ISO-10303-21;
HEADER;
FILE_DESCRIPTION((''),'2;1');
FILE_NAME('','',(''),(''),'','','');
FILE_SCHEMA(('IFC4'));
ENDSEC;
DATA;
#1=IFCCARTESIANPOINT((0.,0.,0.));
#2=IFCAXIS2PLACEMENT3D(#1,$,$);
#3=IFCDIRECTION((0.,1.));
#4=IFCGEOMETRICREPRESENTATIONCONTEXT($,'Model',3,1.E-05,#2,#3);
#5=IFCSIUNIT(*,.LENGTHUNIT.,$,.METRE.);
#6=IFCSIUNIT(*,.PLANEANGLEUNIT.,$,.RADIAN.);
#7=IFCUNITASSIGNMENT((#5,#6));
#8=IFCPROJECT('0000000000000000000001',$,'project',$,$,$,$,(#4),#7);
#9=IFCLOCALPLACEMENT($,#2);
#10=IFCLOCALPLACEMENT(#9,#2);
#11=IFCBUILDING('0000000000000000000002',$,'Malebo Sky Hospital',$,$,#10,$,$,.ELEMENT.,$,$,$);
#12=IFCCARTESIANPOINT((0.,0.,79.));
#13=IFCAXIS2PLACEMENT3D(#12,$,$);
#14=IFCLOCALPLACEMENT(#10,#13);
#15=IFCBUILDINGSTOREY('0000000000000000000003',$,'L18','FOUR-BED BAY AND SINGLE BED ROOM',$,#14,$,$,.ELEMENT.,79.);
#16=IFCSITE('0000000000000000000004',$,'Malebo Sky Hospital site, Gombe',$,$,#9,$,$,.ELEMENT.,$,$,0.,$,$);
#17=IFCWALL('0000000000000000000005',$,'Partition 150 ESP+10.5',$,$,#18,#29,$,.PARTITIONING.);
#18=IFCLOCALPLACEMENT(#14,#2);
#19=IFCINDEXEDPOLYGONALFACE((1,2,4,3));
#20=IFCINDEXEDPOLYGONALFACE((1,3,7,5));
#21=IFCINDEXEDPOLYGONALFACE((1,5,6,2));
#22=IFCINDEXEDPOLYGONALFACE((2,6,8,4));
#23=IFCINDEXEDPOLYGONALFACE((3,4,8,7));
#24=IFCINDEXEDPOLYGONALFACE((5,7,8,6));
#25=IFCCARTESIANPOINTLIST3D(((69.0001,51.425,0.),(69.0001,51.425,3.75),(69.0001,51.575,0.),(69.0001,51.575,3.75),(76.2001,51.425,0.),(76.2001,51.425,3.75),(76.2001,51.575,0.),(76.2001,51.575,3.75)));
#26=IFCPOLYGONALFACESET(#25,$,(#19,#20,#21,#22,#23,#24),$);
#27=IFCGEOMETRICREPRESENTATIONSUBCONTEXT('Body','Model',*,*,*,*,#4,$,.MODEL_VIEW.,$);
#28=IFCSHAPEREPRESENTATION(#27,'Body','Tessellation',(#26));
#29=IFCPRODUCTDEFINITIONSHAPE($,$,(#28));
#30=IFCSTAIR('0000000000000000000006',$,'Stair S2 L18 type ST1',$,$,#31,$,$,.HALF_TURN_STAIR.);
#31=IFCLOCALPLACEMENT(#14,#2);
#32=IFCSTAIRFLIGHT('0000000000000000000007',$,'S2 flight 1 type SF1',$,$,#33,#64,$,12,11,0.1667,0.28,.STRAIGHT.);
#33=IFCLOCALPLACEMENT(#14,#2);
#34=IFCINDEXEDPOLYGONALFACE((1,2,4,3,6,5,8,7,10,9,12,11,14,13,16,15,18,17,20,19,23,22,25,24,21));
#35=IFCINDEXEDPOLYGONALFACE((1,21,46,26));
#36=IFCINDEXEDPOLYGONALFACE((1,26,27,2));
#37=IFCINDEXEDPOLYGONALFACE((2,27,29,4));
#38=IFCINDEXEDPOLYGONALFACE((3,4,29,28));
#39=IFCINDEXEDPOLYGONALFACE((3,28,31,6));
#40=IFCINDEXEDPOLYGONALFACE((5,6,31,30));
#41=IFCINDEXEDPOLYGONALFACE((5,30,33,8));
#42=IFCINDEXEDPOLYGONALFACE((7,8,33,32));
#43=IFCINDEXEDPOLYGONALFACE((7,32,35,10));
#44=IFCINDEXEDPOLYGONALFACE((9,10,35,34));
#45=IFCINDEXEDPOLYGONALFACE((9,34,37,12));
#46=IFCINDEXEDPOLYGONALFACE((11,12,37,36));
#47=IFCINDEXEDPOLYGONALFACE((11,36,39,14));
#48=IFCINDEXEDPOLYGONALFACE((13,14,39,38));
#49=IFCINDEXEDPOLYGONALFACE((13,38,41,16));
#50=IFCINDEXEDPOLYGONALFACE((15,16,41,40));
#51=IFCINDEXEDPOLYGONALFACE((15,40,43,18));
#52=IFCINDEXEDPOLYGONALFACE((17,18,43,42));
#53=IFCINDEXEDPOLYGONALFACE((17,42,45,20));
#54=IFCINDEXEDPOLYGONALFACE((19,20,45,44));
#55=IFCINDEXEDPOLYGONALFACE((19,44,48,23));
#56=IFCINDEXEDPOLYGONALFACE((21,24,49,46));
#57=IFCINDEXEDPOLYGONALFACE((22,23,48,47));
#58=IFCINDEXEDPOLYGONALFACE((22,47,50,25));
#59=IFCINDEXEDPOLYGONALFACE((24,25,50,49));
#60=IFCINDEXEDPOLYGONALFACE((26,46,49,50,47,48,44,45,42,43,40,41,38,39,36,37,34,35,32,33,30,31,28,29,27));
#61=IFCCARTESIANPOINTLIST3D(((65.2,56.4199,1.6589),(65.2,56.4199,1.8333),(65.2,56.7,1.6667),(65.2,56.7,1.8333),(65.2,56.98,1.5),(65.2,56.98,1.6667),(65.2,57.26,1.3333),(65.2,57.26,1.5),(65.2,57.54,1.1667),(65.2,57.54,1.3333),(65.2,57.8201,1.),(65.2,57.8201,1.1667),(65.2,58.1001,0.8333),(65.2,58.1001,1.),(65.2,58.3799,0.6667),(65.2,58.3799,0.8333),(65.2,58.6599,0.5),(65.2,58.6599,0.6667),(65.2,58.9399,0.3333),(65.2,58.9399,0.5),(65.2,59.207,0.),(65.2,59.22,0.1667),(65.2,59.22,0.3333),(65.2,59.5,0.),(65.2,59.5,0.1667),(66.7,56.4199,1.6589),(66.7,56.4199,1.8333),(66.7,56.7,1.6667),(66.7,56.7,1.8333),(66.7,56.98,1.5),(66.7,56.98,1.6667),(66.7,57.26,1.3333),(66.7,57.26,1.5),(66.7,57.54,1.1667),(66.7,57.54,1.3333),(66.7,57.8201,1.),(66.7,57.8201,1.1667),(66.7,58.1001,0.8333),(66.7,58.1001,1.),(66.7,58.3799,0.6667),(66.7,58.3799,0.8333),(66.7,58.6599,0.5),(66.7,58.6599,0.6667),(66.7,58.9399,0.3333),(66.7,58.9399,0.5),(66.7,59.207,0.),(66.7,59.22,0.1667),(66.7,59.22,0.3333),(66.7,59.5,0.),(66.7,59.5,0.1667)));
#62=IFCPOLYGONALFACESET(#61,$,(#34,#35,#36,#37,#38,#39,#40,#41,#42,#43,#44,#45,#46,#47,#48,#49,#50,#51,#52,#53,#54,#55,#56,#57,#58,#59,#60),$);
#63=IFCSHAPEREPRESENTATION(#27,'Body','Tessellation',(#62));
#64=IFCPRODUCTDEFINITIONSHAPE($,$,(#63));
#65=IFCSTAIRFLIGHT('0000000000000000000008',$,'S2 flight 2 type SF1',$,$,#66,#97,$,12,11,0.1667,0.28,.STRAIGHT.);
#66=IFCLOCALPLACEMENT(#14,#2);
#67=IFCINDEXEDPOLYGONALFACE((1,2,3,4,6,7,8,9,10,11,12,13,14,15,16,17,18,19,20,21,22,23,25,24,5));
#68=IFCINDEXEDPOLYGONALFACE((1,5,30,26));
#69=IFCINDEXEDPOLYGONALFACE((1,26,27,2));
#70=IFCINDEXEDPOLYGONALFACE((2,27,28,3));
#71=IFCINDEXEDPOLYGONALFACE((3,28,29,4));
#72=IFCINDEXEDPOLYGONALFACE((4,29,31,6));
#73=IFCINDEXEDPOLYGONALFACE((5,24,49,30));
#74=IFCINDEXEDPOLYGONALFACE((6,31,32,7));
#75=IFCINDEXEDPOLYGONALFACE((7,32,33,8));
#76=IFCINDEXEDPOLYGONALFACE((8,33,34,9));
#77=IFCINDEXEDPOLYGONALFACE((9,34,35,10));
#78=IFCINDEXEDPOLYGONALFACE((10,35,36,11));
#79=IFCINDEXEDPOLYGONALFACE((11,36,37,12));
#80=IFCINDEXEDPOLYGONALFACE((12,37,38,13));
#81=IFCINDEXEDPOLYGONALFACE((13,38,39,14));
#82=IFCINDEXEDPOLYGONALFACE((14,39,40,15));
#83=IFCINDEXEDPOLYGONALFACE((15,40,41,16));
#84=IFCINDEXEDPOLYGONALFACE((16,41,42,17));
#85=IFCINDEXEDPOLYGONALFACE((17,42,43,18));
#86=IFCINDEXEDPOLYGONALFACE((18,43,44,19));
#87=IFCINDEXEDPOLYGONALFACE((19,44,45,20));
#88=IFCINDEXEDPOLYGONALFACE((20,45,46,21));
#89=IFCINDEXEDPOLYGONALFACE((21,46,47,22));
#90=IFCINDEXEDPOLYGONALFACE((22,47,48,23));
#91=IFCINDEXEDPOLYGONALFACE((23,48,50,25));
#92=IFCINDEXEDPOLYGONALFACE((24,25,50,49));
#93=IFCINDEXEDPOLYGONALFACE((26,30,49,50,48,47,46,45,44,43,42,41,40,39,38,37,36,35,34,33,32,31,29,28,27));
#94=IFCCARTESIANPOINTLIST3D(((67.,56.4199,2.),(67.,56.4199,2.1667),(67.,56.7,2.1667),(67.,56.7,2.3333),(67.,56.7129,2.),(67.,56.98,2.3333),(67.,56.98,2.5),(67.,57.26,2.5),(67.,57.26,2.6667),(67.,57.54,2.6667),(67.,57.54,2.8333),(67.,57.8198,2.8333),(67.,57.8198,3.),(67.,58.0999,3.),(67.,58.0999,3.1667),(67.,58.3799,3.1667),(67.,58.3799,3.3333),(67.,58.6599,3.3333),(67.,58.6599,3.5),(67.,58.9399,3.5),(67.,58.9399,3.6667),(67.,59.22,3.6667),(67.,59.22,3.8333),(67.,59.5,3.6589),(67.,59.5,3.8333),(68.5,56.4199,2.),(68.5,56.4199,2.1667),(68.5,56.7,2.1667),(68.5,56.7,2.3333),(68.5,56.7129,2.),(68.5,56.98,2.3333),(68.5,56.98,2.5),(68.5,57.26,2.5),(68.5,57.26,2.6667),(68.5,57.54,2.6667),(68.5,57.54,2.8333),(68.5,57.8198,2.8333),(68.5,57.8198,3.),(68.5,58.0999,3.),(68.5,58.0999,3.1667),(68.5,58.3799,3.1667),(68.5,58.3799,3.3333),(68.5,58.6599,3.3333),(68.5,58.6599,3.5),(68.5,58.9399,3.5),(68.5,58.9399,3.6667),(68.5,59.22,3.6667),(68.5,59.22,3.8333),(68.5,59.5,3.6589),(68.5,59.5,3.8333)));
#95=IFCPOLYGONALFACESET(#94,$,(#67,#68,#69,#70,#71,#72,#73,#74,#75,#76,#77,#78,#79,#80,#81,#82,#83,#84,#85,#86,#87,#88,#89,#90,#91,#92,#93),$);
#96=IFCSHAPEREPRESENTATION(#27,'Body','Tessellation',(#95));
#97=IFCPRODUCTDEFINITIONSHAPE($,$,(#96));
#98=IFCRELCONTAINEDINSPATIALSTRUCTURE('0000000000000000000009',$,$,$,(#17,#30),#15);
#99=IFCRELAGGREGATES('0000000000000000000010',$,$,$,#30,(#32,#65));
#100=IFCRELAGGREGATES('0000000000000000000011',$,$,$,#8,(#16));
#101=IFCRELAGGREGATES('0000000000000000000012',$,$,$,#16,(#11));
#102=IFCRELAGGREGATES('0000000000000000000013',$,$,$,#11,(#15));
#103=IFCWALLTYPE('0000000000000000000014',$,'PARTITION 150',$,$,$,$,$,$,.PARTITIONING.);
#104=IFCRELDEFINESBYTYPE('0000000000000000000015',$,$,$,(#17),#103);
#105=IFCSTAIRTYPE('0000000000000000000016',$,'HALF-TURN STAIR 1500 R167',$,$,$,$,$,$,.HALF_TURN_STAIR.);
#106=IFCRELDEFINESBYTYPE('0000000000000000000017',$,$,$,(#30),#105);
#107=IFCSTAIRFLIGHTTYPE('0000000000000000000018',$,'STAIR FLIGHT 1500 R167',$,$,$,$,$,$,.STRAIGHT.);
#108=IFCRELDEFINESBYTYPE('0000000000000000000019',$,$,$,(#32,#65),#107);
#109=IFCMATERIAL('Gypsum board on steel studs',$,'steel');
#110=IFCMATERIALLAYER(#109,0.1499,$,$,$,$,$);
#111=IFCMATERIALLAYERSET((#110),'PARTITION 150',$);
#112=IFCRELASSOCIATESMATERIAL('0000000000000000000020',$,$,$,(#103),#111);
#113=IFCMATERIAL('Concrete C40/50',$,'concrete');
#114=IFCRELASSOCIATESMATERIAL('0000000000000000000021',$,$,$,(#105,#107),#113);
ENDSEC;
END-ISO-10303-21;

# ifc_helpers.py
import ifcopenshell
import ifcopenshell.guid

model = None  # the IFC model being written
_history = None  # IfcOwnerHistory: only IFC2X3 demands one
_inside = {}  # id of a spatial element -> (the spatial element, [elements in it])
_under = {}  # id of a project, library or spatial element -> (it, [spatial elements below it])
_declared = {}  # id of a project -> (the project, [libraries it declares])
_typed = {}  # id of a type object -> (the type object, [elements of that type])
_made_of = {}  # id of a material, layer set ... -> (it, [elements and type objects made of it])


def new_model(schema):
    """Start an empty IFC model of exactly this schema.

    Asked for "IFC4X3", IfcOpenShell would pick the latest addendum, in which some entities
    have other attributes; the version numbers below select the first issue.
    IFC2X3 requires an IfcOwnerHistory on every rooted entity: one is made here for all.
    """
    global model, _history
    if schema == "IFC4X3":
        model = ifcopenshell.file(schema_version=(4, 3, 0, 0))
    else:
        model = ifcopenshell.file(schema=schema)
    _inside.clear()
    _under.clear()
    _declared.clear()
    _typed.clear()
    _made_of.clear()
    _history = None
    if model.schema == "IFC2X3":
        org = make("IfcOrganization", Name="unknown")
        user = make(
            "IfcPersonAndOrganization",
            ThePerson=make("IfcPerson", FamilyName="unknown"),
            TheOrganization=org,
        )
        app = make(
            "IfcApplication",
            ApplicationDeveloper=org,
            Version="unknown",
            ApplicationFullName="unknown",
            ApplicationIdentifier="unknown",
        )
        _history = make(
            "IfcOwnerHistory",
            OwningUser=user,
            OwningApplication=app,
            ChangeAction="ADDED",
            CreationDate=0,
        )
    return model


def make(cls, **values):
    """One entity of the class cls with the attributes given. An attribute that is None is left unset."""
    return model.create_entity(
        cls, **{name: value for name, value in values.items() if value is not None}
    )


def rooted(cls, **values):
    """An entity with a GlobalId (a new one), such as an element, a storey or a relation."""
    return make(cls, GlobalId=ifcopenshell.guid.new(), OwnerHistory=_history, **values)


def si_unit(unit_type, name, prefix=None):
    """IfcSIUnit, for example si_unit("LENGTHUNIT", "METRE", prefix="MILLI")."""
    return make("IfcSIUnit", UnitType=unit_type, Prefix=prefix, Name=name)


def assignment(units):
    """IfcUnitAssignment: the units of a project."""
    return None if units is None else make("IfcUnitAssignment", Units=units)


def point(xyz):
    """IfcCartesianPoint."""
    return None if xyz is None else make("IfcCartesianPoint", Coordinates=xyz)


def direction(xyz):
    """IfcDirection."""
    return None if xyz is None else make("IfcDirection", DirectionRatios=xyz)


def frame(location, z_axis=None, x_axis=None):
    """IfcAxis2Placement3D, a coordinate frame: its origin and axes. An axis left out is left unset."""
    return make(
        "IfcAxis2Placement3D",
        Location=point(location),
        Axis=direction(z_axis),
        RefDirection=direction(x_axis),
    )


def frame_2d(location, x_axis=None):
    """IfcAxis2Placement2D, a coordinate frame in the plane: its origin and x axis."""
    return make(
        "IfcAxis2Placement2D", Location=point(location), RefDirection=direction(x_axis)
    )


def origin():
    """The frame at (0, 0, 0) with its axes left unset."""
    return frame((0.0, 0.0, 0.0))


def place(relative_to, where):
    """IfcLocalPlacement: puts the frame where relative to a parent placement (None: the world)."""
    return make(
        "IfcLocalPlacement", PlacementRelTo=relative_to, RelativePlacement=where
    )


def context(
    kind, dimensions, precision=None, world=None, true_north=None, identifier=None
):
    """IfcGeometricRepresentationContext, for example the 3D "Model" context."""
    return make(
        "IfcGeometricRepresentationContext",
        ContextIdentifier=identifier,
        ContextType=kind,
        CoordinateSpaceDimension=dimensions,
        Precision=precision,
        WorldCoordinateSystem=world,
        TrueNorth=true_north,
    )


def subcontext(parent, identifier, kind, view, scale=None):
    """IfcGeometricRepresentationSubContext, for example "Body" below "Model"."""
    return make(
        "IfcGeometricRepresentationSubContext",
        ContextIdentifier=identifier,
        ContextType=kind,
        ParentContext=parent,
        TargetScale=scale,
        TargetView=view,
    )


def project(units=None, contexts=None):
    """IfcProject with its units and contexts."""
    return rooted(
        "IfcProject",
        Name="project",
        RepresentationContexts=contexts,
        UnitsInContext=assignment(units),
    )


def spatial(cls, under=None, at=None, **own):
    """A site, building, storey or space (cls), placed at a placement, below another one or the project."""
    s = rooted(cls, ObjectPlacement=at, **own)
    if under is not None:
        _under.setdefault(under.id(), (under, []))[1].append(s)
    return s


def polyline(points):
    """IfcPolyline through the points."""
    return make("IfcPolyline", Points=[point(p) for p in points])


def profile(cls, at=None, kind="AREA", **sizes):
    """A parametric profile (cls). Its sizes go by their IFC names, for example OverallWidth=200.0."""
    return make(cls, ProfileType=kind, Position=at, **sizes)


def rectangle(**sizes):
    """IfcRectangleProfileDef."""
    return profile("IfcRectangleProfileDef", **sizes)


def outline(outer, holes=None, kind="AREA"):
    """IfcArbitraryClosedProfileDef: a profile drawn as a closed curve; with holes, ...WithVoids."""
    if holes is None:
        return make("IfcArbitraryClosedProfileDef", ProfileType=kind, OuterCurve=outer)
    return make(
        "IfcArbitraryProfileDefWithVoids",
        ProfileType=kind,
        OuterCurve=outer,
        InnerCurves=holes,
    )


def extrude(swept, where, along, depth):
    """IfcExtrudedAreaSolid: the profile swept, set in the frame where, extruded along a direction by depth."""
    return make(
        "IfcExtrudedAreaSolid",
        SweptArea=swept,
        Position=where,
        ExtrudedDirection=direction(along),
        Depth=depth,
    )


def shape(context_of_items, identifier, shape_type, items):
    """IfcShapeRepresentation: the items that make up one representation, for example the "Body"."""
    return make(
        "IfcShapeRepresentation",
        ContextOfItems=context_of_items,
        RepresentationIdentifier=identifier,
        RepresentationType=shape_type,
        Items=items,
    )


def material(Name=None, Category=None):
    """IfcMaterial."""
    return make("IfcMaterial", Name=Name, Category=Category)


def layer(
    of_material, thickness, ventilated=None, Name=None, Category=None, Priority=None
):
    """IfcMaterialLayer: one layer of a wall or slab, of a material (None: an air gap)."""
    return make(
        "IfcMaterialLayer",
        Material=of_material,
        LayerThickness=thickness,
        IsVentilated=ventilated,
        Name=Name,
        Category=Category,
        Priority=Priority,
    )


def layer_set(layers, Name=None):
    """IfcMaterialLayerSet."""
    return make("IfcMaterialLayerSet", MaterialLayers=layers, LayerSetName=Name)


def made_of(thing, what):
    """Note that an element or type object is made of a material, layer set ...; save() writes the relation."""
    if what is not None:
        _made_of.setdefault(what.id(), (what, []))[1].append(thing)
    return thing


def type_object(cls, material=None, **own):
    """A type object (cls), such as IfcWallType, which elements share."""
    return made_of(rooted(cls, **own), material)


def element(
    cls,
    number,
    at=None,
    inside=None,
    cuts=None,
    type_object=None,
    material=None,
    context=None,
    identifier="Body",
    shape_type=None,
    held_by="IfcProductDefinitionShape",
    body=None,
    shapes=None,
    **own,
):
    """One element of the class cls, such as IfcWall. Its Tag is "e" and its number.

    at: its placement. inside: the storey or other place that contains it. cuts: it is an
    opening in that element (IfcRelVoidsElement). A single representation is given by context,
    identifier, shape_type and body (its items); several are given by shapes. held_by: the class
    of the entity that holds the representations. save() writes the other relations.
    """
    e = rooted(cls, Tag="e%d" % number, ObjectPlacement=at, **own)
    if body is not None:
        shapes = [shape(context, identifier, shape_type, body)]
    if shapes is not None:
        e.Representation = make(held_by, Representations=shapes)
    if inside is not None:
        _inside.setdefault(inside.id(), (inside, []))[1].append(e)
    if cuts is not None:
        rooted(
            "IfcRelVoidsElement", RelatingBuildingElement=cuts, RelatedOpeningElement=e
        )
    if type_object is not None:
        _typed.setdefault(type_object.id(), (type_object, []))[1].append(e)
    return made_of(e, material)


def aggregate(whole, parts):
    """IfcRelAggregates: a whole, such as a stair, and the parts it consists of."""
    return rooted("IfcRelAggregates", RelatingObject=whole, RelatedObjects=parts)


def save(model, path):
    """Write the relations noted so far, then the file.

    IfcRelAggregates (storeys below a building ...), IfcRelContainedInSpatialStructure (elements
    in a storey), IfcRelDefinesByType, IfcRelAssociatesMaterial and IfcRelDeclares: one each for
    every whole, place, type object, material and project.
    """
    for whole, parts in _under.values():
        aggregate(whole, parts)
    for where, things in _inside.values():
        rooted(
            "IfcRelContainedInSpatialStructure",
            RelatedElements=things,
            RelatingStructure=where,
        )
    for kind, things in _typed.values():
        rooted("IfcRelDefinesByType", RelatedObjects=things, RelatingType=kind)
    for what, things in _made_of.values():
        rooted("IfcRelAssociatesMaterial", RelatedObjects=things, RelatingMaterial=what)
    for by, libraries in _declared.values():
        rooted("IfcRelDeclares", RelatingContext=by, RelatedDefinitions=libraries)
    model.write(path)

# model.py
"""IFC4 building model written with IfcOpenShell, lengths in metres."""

from ifc_helpers import new_model, si_unit, direction, frame, frame_2d, origin, place, context, subcontext, project, spatial, polyline, rectangle, outline, extrude, material, layer, layer_set, type_object, element, aggregate, save


model = new_model("IFC4")

# Units and contexts
model_context = context("Model", 3, precision=1e-05, world=origin(), true_north=direction((0.0, 1.0)))
body_context = subcontext(model_context, "Body", "Model", "MODEL_VIEW")
ifc_project = project(units=[si_unit("LENGTHUNIT", "METRE"), si_unit("PLANEANGLEUNIT", "RADIAN")], contexts=[model_context])

# Site, building, storey
site_placement = place(None, origin())
site = spatial("IfcSite", under=ifc_project, at=site_placement, Name="Malebo Sky Hospital site, Gombe", CompositionType="ELEMENT", RefElevation=0.0)
building_placement = place(site_placement, origin())
building = spatial("IfcBuilding", under=site, at=building_placement, Name="Malebo Sky Hospital", CompositionType="ELEMENT")
storey_placement = place(building_placement, frame((0.0, 0.0, 79.0)))
storey = spatial("IfcBuildingStorey", under=building, at=storey_placement, Name="L18", Description="FOUR-BED BAY AND SINGLE BED ROOM", CompositionType="ELEMENT", Elevation=79.0)

# Shared definitions
ifc_material_1 = material(Name="Gypsum board on steel studs", Category="steel")
ifc_layer_1 = layer(ifc_material_1, 0.1499)
ifc_layer_set_1 = layer_set([ifc_layer_1], Name="PARTITION 150")
wall_type_1 = type_object("IfcWallType", Name="PARTITION 150", PredefinedType="PARTITIONING", material=ifc_layer_set_1)

# Wall
for number, where, z_axis, x_axis, name in (
    (1, (69.0, 51.5, 0.0), (0.0, 0.0, 1.0), (1.0, 0.0, 0.0), "Partition 150 ESP+10.5"),
):
    element("IfcWall", number, at=place(storey_placement, frame(where, z_axis=z_axis, x_axis=x_axis)), inside=storey, type_object=wall_type_1, Name=name, PredefinedType="PARTITIONING", context=body_context, shape_type="SweptSolid", body=[
        extrude(rectangle(XDim=7.2, YDim=0.1499, at=frame_2d((3.6001, 0.0))), origin(), (0.0, 0.0, 1.0), 3.75),
    ])

# Stair, stair flights
ifc_material_2 = material(Name="Concrete C40/50", Category="concrete")
stair_type = type_object("IfcStairType", Name="HALF-TURN STAIR 1500 R167", PredefinedType="HALF_TURN_STAIR", material=ifc_material_2)
stair_placement = place(storey_placement, origin())
stair = element("IfcStair", 2, at=stair_placement, inside=storey, type_object=stair_type, Name="Stair S2 L18 type ST1", PredefinedType="HALF_TURN_STAIR")
stair_flight_type = type_object("IfcStairFlightType", Name="STAIR FLIGHT 1500 R167", PredefinedType="STRAIGHT", material=ifc_material_2)
stair_flight_1_placement = place(storey_placement, frame((65.95, 59.5, 0.0), z_axis=(0.0, 0.0, 1.0), x_axis=(0.0, -1.0, 0.0)))
stair_flight_1 = element("IfcStairFlight", 3, at=stair_flight_1_placement, type_object=stair_flight_type, Name="S2 flight 1 type SF1", NumberOfRisers=12, NumberOfTreads=11, PredefinedType="STRAIGHT", RiserHeight=0.1667, TreadLength=0.28, context=body_context, shape_type="SweptSolid", body=[
    extrude(outline(polyline([(0.0, 0.0), (0.0, 0.1667), (0.28, 0.1667), (0.28, 0.3333), (0.5601, 0.3333), (0.5601, 0.5), (0.8401, 0.5), (0.8401, 0.6667), (1.1201, 0.6667), (1.1201, 0.8333), (1.3999, 0.8333), (1.3999, 1.0), (1.6799, 1.0), (1.6799, 1.1667), (1.96, 1.1667), (1.96, 1.3333), (2.24, 1.3333), (2.24, 1.5), (2.52, 1.5), (2.52, 1.6667), (2.8, 1.6667), (2.8, 1.8333), (3.0801, 1.8333), (3.0801, 2.0), (3.0801, 1.6589), (0.293, 0.0), (0.0, 0.0)])), frame((0.0, 0.75, 0.0), z_axis=(0.0, -1.0, 0.0), x_axis=(1.0, 0.0, 0.0)), (0.0, 0.0, 1.0), 1.5),
])
stair_flight_2_placement = place(storey_placement, frame((67.75, 56.4199, 2.0), z_axis=(0.0, 0.0, 1.0), x_axis=(0.0, 1.0, 0.0)))
stair_flight_2 = element("IfcStairFlight", 4, at=stair_flight_2_placement, type_object=stair_flight_type, Name="S2 flight 2 type SF1", NumberOfRisers=12, NumberOfTreads=11, PredefinedType="STRAIGHT", RiserHeight=0.1667, TreadLength=0.28, context=body_context, shape_type="SweptSolid", body=[
    extrude(outline(polyline([(0.0, 0.0), (0.0, 0.1667), (0.28, 0.1667), (0.28, 0.3333), (0.5601, 0.3333), (0.5601, 0.5), (0.8401, 0.5), (0.8401, 0.6667), (1.1201, 0.6667), (1.1201, 0.8333), (1.3999, 0.8333), (1.3999, 1.0), (1.6799, 1.0), (1.6799, 1.1667), (1.96, 1.1667), (1.96, 1.3333), (2.24, 1.3333), (2.24, 1.5), (2.52, 1.5), (2.52, 1.6667), (2.8, 1.6667), (2.8, 1.8333), (3.0801, 1.8333), (3.0801, 2.0), (3.0801, 1.6589), (0.293, 0.0), (0.0, 0.0)])), frame((0.0, 0.75, 0.0), z_axis=(0.0, -1.0, 0.0), x_axis=(1.0, 0.0, 0.0)), (0.0, 0.0, 1.0), 1.5),
])
aggregate(stair, [stair_flight_1, stair_flight_2])

save(model, "model.ifc")
